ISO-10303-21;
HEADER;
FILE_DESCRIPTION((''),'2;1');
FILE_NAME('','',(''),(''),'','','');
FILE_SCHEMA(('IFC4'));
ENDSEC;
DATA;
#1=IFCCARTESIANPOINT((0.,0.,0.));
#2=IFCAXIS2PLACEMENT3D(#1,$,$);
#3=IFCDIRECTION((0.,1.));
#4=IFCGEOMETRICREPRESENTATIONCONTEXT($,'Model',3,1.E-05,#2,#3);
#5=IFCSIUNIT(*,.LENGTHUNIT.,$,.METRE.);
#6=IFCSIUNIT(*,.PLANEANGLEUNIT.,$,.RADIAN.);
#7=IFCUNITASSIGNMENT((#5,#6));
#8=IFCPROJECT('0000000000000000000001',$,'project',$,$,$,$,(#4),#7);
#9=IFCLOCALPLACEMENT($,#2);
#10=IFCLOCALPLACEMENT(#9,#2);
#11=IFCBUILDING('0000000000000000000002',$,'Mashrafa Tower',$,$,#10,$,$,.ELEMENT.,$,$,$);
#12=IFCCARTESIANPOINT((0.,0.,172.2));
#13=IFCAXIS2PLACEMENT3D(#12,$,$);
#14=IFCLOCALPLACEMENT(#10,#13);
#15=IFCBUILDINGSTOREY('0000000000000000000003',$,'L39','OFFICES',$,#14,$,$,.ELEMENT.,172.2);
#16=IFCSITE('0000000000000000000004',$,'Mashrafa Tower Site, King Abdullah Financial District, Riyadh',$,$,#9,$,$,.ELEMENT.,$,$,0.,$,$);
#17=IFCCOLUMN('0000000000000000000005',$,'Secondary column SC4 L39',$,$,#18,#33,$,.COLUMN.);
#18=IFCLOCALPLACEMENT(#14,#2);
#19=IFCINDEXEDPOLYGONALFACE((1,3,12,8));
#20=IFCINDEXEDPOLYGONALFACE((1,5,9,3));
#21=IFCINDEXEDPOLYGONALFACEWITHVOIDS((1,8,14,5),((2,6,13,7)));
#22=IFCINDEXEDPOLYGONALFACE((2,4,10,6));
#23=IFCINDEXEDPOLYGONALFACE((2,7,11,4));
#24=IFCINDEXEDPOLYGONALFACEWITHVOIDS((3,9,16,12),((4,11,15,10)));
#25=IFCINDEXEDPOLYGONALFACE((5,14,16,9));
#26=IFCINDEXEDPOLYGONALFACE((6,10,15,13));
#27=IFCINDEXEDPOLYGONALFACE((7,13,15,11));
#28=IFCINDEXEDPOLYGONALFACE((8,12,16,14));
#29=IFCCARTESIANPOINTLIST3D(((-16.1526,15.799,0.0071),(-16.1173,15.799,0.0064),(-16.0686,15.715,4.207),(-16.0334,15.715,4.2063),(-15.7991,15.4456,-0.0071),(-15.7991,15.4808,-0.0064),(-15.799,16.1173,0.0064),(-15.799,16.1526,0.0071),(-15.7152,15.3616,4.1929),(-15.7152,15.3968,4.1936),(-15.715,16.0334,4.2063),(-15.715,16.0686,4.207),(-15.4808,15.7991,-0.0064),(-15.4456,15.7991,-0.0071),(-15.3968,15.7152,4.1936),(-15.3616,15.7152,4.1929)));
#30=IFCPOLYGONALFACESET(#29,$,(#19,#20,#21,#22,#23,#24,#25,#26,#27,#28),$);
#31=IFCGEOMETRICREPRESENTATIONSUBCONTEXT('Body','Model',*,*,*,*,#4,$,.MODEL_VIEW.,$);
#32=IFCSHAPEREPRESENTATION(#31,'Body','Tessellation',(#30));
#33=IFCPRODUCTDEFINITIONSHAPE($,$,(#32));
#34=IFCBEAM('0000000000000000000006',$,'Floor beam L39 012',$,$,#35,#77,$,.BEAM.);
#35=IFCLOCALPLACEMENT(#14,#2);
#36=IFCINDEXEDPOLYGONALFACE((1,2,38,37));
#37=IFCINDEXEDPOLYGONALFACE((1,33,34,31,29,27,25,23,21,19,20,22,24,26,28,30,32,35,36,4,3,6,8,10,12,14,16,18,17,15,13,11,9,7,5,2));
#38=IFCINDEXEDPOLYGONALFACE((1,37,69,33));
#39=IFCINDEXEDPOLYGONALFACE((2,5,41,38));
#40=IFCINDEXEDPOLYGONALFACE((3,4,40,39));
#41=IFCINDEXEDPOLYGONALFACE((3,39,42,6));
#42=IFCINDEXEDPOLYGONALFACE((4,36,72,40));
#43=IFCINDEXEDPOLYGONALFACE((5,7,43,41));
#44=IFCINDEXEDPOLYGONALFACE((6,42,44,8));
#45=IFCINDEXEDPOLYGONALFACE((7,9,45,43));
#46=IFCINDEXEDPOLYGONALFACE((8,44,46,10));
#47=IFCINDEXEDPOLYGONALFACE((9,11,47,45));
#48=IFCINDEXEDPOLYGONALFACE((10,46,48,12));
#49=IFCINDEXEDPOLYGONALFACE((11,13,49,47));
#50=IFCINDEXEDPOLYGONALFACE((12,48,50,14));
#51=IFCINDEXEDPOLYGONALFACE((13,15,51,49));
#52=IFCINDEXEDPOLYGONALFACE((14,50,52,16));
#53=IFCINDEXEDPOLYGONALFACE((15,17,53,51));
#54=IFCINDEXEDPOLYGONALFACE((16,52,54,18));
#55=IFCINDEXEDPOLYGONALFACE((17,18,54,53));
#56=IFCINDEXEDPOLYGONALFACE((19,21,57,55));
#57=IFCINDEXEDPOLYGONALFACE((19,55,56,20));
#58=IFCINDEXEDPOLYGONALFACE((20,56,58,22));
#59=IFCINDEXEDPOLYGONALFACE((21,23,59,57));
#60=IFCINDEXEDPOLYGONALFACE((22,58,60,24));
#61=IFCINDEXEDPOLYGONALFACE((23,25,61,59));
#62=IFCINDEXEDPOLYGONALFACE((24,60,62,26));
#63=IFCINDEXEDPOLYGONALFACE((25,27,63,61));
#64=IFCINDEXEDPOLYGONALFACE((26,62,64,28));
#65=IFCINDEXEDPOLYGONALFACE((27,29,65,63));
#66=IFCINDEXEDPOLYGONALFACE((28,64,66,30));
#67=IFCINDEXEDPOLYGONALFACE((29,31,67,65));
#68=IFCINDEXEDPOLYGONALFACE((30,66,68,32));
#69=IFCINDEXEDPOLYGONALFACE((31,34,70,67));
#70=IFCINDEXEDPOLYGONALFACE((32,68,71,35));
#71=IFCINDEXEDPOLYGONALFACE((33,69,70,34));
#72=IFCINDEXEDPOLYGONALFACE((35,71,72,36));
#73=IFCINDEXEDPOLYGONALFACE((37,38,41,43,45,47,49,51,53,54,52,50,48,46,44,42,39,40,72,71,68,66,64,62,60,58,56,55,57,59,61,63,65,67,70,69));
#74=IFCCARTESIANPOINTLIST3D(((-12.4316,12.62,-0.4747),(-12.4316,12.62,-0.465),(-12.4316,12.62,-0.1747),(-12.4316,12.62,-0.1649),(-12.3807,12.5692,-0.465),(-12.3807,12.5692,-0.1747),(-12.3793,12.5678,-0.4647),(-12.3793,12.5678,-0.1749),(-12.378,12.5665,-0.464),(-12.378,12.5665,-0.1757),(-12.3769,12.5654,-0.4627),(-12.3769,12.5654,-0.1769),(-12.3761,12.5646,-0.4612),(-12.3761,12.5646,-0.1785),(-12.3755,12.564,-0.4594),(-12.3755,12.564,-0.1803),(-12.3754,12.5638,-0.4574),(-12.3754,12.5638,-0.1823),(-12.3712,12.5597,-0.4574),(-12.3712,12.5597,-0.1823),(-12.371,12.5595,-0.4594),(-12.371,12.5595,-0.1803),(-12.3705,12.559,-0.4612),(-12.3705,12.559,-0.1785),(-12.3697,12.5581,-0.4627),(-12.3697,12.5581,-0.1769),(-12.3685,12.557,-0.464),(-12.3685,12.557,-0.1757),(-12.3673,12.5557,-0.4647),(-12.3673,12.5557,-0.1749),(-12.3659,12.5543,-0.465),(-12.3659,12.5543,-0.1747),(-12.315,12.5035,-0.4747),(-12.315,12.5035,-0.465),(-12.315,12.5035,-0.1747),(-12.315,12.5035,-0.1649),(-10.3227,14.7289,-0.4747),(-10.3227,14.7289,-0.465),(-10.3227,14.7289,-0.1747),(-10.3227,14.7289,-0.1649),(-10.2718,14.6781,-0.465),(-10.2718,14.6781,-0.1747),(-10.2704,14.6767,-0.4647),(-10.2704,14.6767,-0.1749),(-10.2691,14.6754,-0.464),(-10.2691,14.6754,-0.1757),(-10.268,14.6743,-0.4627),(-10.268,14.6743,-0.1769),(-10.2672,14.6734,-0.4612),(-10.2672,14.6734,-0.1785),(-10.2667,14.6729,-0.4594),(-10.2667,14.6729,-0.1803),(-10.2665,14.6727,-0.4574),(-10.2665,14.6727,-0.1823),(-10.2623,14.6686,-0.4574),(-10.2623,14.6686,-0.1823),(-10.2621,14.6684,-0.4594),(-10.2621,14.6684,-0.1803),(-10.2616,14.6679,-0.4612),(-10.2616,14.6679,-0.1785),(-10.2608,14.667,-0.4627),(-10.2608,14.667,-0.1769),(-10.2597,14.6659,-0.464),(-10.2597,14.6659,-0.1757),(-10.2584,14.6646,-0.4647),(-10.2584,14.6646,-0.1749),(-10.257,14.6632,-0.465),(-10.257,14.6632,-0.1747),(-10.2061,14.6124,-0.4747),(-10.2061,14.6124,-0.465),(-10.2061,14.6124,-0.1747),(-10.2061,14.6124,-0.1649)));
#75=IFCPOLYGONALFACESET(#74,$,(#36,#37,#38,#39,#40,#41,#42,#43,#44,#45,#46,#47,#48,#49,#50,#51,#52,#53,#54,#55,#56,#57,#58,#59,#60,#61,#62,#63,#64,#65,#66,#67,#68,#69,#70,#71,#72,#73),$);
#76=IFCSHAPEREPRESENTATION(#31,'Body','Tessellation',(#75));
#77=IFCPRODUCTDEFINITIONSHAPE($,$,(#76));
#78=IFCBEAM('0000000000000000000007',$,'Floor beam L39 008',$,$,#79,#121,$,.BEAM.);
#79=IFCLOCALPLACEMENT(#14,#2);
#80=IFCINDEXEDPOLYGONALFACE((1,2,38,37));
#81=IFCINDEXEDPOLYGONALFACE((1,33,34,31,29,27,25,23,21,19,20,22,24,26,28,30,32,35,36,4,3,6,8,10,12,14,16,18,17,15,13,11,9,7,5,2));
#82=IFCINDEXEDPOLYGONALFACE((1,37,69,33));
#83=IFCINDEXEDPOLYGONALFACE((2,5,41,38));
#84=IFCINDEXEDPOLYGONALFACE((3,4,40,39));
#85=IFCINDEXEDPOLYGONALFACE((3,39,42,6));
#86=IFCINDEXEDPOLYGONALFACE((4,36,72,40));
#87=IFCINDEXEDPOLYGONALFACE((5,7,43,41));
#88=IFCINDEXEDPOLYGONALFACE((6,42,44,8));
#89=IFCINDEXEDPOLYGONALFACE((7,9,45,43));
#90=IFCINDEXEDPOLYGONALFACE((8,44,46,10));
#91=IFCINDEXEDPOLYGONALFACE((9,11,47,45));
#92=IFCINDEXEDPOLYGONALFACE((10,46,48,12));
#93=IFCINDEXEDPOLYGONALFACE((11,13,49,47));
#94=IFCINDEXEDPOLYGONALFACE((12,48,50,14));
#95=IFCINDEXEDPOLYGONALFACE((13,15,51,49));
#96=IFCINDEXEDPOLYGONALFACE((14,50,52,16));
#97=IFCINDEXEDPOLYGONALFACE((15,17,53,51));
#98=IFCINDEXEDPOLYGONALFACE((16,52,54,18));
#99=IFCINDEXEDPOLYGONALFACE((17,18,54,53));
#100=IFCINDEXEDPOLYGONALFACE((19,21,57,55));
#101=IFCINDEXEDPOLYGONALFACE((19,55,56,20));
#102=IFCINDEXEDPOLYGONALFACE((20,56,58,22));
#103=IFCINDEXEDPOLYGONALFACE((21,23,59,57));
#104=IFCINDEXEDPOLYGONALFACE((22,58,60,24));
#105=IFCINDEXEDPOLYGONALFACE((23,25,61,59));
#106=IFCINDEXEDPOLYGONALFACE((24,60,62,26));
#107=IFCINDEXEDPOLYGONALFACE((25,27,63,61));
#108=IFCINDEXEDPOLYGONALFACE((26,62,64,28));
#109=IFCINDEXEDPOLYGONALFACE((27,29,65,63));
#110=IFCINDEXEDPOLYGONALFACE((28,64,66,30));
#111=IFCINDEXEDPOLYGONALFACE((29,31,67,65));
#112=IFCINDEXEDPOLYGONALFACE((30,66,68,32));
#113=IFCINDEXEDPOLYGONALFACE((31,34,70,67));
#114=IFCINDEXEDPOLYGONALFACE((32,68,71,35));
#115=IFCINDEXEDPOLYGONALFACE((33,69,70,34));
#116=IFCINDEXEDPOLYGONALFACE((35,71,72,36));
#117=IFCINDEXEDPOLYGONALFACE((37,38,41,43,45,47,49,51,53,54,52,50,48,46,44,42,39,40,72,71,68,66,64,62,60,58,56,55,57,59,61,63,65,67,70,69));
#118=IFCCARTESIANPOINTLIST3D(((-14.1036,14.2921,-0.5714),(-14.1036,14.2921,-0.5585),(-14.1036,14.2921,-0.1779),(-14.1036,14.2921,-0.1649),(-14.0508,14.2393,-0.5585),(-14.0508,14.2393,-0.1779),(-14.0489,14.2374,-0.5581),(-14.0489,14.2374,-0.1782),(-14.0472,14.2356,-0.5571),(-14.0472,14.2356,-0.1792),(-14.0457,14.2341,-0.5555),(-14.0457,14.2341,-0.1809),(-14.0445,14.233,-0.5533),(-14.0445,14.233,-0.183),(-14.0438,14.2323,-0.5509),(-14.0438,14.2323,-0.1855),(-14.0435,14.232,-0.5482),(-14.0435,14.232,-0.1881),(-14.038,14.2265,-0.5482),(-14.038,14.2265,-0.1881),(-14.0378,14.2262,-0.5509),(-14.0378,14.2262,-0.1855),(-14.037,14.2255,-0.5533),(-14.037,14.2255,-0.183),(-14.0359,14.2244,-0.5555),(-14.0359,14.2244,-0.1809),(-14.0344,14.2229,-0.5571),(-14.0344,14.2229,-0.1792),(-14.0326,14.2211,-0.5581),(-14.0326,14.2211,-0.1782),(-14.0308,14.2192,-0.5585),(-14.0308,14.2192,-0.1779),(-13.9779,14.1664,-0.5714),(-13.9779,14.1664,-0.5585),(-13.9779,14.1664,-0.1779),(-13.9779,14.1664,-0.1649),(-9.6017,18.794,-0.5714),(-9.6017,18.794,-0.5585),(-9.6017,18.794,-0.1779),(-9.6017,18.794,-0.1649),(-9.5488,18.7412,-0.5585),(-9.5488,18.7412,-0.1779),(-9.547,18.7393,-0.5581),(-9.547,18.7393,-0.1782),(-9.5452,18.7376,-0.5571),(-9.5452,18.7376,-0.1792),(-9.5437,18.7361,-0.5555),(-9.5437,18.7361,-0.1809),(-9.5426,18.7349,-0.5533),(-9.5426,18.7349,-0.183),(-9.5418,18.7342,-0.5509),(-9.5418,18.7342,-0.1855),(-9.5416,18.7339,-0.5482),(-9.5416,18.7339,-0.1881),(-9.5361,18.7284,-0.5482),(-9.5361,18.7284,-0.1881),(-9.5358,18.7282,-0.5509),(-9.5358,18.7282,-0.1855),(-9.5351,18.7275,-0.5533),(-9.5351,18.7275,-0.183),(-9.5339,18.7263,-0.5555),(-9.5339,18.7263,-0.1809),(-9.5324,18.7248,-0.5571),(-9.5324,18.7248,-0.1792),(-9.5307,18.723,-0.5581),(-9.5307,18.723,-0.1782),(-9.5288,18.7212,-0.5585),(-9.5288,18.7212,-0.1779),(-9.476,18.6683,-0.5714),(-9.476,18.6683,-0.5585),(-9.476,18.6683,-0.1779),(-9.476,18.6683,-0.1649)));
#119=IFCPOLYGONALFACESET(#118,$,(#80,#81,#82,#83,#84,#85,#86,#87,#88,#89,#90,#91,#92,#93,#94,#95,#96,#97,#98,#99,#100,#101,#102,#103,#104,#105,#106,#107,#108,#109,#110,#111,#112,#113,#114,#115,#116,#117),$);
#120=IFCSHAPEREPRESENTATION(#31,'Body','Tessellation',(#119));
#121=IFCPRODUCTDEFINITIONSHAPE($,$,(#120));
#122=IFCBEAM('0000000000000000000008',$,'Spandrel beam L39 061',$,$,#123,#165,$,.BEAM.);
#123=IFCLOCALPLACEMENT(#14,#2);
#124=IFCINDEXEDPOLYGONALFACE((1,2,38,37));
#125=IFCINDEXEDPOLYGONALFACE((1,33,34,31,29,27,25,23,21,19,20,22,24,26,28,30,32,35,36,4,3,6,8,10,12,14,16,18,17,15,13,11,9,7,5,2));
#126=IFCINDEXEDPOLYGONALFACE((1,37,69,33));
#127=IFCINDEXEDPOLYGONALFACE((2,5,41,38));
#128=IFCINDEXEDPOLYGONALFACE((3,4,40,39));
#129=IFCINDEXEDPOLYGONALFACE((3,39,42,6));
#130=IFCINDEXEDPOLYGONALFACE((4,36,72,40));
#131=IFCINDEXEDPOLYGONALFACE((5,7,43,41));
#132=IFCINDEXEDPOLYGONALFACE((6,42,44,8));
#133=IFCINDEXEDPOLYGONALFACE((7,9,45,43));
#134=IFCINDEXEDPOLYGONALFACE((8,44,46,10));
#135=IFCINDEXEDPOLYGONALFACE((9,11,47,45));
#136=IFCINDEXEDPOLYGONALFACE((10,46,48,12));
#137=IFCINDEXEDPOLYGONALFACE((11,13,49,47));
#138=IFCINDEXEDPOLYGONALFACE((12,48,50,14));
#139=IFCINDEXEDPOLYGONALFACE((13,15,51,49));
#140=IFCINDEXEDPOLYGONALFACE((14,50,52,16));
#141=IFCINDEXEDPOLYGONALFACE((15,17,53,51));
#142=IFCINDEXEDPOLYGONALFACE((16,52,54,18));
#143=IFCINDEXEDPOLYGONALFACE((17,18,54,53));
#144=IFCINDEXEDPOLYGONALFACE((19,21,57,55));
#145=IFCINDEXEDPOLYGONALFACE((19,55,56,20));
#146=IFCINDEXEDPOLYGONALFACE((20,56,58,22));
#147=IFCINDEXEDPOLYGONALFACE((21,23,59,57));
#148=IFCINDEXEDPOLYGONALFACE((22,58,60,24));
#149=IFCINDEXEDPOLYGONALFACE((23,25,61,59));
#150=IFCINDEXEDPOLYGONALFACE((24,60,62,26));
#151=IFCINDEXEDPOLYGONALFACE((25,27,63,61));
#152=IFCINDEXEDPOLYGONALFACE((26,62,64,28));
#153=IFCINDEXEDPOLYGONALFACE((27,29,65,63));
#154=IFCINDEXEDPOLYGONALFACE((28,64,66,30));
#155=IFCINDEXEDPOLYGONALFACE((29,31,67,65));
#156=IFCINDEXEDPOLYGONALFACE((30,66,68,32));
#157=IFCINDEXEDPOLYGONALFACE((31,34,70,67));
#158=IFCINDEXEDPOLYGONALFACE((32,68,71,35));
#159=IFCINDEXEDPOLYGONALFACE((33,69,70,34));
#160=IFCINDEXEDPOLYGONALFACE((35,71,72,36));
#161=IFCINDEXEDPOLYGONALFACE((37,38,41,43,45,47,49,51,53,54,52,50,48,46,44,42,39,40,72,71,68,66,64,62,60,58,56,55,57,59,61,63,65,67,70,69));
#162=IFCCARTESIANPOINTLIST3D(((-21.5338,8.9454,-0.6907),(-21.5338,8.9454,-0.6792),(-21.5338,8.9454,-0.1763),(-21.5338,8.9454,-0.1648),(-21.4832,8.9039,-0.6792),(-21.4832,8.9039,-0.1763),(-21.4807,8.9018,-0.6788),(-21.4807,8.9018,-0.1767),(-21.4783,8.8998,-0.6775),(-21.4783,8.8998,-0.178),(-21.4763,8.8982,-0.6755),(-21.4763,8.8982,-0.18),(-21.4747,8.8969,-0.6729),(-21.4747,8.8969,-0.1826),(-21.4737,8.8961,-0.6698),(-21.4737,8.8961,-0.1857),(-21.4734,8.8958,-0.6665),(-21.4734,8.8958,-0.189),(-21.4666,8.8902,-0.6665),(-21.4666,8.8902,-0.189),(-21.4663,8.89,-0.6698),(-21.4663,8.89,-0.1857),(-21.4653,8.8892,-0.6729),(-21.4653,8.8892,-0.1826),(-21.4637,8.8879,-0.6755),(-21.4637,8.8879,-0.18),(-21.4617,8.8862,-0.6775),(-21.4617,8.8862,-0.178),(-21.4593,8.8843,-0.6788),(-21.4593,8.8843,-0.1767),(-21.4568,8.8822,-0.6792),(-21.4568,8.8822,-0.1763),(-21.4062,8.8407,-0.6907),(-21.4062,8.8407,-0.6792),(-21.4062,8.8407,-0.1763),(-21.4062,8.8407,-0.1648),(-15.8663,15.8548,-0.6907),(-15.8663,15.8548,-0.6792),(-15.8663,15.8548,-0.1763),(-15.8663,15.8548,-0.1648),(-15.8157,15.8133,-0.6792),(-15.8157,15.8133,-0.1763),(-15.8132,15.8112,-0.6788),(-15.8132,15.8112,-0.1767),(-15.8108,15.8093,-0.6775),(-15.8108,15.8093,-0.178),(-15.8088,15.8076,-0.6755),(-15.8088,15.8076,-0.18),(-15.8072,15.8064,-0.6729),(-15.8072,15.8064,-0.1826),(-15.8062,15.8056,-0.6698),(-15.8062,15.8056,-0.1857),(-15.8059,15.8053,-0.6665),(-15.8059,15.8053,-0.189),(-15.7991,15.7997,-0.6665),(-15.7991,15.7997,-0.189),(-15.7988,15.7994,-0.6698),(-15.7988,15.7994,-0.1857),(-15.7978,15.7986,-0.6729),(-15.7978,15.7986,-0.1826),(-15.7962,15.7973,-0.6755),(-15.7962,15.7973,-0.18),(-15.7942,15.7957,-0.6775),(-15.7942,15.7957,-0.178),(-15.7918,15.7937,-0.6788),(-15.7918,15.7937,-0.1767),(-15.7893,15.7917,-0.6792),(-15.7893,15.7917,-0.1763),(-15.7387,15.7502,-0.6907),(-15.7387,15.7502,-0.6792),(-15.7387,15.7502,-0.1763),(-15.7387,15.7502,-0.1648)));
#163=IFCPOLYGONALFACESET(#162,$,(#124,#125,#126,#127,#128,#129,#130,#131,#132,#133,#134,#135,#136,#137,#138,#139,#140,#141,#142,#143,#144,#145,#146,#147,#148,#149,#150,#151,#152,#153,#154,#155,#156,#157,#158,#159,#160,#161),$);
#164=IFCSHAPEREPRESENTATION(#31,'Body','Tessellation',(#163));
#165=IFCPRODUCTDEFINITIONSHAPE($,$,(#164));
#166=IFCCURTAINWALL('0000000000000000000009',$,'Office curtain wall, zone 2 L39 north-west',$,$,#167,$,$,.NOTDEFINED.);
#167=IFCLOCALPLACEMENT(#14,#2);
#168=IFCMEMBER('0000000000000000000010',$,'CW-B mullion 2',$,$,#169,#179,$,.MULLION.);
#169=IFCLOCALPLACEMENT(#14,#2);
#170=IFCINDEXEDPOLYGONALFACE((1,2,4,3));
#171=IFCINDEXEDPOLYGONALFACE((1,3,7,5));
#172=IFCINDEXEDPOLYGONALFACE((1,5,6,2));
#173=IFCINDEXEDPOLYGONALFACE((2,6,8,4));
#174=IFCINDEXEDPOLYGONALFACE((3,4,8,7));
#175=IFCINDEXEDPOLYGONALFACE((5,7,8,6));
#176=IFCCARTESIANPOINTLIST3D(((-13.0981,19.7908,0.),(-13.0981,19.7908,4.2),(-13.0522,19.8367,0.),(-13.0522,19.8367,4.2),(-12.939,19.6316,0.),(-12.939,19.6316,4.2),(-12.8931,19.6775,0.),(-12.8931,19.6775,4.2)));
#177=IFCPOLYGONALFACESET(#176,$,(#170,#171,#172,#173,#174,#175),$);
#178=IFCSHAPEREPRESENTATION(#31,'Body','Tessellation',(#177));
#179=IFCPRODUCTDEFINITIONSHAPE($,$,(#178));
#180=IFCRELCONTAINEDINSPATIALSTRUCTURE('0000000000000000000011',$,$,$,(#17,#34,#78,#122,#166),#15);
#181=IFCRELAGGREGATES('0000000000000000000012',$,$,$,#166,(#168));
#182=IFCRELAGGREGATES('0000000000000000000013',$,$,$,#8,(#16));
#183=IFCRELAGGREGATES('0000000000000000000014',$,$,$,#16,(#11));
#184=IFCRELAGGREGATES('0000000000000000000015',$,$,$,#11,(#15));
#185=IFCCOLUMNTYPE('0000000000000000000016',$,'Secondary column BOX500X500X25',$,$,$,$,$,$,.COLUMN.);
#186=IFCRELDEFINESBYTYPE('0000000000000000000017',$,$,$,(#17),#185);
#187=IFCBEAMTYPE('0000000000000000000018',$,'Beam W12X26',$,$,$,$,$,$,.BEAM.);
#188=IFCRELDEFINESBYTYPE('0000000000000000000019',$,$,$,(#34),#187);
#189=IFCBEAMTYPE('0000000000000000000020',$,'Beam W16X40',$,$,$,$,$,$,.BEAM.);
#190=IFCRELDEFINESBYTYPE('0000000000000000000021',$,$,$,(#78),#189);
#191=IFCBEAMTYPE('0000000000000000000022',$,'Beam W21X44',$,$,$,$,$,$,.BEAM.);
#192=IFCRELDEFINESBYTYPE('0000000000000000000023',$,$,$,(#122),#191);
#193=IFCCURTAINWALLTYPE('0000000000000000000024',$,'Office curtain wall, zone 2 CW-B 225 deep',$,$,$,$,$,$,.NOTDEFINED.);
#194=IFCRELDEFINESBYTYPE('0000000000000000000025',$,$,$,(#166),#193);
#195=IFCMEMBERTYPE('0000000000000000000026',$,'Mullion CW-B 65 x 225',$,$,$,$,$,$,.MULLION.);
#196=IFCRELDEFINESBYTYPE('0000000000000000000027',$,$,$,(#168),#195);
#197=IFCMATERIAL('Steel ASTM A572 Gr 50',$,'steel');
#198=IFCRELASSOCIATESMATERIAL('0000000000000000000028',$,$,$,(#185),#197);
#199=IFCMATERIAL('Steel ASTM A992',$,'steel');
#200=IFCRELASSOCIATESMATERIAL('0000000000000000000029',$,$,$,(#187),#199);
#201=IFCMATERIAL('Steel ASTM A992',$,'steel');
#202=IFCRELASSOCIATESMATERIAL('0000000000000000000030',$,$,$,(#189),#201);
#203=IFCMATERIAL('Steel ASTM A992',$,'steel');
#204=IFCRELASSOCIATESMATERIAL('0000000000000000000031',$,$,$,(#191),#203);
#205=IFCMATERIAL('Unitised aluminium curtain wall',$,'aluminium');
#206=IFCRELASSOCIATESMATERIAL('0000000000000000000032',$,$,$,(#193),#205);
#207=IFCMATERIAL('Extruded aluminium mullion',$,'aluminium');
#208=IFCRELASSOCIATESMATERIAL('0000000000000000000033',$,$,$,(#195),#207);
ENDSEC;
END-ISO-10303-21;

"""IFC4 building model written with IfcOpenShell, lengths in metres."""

from ifc_helpers import new_model, si_unit, direction, frame, origin, origin_2d, place, context, subcontext, project, spatial, rectangle, hollow_rectangle, i_section, extrude, source, transform, mapped, material, material_profile, profile_set, type_object, type_shapes, element, aggregate, save


model = new_model("IFC4")

# Units and contexts
model_context = context("Model", 3, precision=1e-05, world=origin(), true_north=direction((0.0, 1.0)))
body_context = subcontext(model_context, "Body", "Model", "MODEL_VIEW")
ifc_project = project(units=[si_unit("LENGTHUNIT", "METRE"), si_unit("PLANEANGLEUNIT", "RADIAN")], contexts=[model_context])

# Site, building, storey
site_placement = place(None, origin())
site = spatial("IfcSite", under=ifc_project, at=site_placement, Name="Mashrafa Tower Site, King Abdullah Financial District, Riyadh", CompositionType="ELEMENT", RefElevation=0.0)
building_placement = place(site_placement, origin())
building = spatial("IfcBuilding", under=site, at=building_placement, Name="Mashrafa Tower", CompositionType="ELEMENT")
storey_placement = place(building_placement, frame((0.0, 0.0, 172.2)))
storey = spatial("IfcBuildingStorey", under=building, at=storey_placement, Name="L39", Description="OFFICES", CompositionType="ELEMENT", Elevation=172.2)

# Column
ifc_material_1 = material(Name="Steel ASTM A572 Gr 50", Category="steel")
ifc_material_profile_1 = material_profile(ifc_material_1, hollow_rectangle(XDim=0.5, YDim=0.5, WallThickness=0.0249, at=origin_2d()), Name="BOX500X500X25")
ifc_profile_set_1 = profile_set([ifc_material_profile_1], Name="Steel ASTM A572 Gr 50")
column_type = type_object("IfcColumnType", Name="Secondary column BOX500X500X25", PredefinedType="COLUMN", material=ifc_profile_set_1)
column_placement = place(storey_placement, frame((-15.7991, 15.7991, 0.0), z_axis=(0.019989, -0.019989, 0.9996), x_axis=(0.707107, 0.707107, 0.0)))
element("IfcColumn", 1, at=column_placement, inside=storey, type_object=column_type, Name="Secondary column SC4 L39", PredefinedType="COLUMN", context=body_context, shape_type="SweptSolid", body=[
    extrude(hollow_rectangle(XDim=0.5, YDim=0.5, WallThickness=0.0249, at=origin_2d()), origin(), (0.0, 0.0, 1.0), 4.2017),
])

# Beams
ifc_material_2 = material(Name="Steel ASTM A992", Category="steel")
ifc_material_profile_2 = material_profile(ifc_material_2, i_section(OverallWidth=0.1648, OverallDepth=0.3098, WebThickness=0.0059, FlangeThickness=0.0098, FilletRadius=0.0076, at=origin_2d()), Name="W12X26")
ifc_profile_set_2 = profile_set([ifc_material_profile_2], Name="Steel ASTM A992")
beam_type_1 = type_object("IfcBeamType", Name="Beam W12X26", PredefinedType="BEAM", material=ifc_profile_set_2)
beam_1_placement = place(storey_placement, frame((-12.3733, 12.5618, -0.3198), z_axis=(0.707107, 0.707107, 0.0), x_axis=(-0.707107, 0.707107, 0.0)))
element("IfcBeam", 2, at=beam_1_placement, inside=storey, type_object=beam_type_1, Name="Floor beam L39 012", PredefinedType="BEAM", context=body_context, shape_type="SweptSolid", body=[
    extrude(i_section(OverallWidth=0.1648, OverallDepth=0.3098, WebThickness=0.0059, FlangeThickness=0.0098, FilletRadius=0.0076, at=origin_2d()), origin(), (0.0, 0.0, 1.0), 2.9824),
])
ifc_material_3 = material(Name="Steel ASTM A992", Category="steel")
ifc_material_profile_3 = material_profile(ifc_material_3, i_section(OverallWidth=0.1777, OverallDepth=0.4065, WebThickness=0.0078, FlangeThickness=0.0129, FilletRadius=0.0103, at=origin_2d()), Name="W16X40")
ifc_profile_set_3 = profile_set([ifc_material_profile_3], Name="Steel ASTM A992")
beam_type_2 = type_object("IfcBeamType", Name="Beam W16X40", PredefinedType="BEAM", material=ifc_profile_set_3)
beam_2_placement = place(storey_placement, frame((-14.0408, 14.2292, -0.3682), z_axis=(0.707107, 0.707107, 0.0), x_axis=(-0.707107, 0.707107, 0.0)))
element("IfcBeam", 3, at=beam_2_placement, inside=storey, type_object=beam_type_2, Name="Floor beam L39 008", PredefinedType="BEAM", context=body_context, shape_type="SweptSolid", body=[
    extrude(i_section(OverallWidth=0.1777, OverallDepth=0.4065, WebThickness=0.0078, FlangeThickness=0.0129, FilletRadius=0.0103, at=origin_2d()), origin(), (0.0, 0.0, 1.0), 6.3667),
])
ifc_material_4 = material(Name="Steel ASTM A992", Category="steel")
ifc_material_profile_4 = material_profile(ifc_material_4, i_section(OverallWidth=0.165, OverallDepth=0.5259, WebThickness=0.0088, FlangeThickness=0.0115, FilletRadius=0.0127, at=origin_2d()), Name="W21X44")
ifc_profile_set_4 = profile_set([ifc_material_profile_4], Name="Steel ASTM A992")
beam_type_3 = type_object("IfcBeamType", Name="Beam W21X44", PredefinedType="BEAM", material=ifc_profile_set_4)
beam_3_placement = place(storey_placement, frame((-15.8025, 15.8025, -0.4277), z_axis=(-0.634197, -0.773172, 0.0), x_axis=(0.773172, -0.634197, 0.0)))
element("IfcBeam", 4, at=beam_3_placement, inside=storey, type_object=beam_type_3, Name="Spandrel beam L39 061", PredefinedType="BEAM", context=body_context, shape_type="SweptSolid", body=[
    extrude(i_section(OverallWidth=0.165, OverallDepth=0.5259, WebThickness=0.0088, FlangeThickness=0.0115, FilletRadius=0.0127, at=origin_2d()), origin(), (0.0, 0.0, 1.0), 8.9365),
])

# Curtain wall, member
ifc_material_5 = material(Name="Unitised aluminium curtain wall", Category="aluminium")
curtain_wall_type = type_object("IfcCurtainWallType", Name="Office curtain wall, zone 2 CW-B 225 deep", PredefinedType="NOTDEFINED", material=ifc_material_5)
curtain_wall_placement = place(storey_placement, origin())
curtain_wall = element("IfcCurtainWall", 5, at=curtain_wall_placement, inside=storey, type_object=curtain_wall_type, Name="Office curtain wall, zone 2 L39 north-west", PredefinedType="NOTDEFINED")
ifc_material_6 = material(Name="Extruded aluminium mullion", Category="aluminium")
ifc_material_profile_5 = material_profile(ifc_material_6, rectangle(XDim=0.2251, YDim=0.0649, at=origin_2d()), Name="Mullion 65x225")
ifc_profile_set_5 = profile_set([ifc_material_profile_5], Name="Extruded aluminium mullion")
member_type_1 = type_object("IfcMemberType", Name="Mullion CW-B 65 x 225", PredefinedType="MULLION", material=ifc_profile_set_5)
shared_shape_1 = source(origin(), body_context, "Body", "SweptSolid", [
    extrude(rectangle(XDim=0.2251, YDim=0.0649, at=origin_2d()), origin(), (0.0, 0.0, 1.0), 4.2),
])
type_shapes(member_type_1, [shared_shape_1])
member_1_placement = place(storey_placement, frame((-12.9956, 19.7341, 0.0), z_axis=(0.0, 0.0, 1.0), x_axis=(0.707107, -0.707107, 0.0)))
member_1 = element("IfcMember", 6, at=member_1_placement, type_object=member_type_1, Name="CW-B mullion 2", PredefinedType="MULLION", context=body_context, shape_type="MappedRepresentation", body=[
    mapped(shared_shape_1, transform((0.0, 0.0, 0.0))),
])
aggregate(curtain_wall, [member_1])

save(model, "model.ifc")
